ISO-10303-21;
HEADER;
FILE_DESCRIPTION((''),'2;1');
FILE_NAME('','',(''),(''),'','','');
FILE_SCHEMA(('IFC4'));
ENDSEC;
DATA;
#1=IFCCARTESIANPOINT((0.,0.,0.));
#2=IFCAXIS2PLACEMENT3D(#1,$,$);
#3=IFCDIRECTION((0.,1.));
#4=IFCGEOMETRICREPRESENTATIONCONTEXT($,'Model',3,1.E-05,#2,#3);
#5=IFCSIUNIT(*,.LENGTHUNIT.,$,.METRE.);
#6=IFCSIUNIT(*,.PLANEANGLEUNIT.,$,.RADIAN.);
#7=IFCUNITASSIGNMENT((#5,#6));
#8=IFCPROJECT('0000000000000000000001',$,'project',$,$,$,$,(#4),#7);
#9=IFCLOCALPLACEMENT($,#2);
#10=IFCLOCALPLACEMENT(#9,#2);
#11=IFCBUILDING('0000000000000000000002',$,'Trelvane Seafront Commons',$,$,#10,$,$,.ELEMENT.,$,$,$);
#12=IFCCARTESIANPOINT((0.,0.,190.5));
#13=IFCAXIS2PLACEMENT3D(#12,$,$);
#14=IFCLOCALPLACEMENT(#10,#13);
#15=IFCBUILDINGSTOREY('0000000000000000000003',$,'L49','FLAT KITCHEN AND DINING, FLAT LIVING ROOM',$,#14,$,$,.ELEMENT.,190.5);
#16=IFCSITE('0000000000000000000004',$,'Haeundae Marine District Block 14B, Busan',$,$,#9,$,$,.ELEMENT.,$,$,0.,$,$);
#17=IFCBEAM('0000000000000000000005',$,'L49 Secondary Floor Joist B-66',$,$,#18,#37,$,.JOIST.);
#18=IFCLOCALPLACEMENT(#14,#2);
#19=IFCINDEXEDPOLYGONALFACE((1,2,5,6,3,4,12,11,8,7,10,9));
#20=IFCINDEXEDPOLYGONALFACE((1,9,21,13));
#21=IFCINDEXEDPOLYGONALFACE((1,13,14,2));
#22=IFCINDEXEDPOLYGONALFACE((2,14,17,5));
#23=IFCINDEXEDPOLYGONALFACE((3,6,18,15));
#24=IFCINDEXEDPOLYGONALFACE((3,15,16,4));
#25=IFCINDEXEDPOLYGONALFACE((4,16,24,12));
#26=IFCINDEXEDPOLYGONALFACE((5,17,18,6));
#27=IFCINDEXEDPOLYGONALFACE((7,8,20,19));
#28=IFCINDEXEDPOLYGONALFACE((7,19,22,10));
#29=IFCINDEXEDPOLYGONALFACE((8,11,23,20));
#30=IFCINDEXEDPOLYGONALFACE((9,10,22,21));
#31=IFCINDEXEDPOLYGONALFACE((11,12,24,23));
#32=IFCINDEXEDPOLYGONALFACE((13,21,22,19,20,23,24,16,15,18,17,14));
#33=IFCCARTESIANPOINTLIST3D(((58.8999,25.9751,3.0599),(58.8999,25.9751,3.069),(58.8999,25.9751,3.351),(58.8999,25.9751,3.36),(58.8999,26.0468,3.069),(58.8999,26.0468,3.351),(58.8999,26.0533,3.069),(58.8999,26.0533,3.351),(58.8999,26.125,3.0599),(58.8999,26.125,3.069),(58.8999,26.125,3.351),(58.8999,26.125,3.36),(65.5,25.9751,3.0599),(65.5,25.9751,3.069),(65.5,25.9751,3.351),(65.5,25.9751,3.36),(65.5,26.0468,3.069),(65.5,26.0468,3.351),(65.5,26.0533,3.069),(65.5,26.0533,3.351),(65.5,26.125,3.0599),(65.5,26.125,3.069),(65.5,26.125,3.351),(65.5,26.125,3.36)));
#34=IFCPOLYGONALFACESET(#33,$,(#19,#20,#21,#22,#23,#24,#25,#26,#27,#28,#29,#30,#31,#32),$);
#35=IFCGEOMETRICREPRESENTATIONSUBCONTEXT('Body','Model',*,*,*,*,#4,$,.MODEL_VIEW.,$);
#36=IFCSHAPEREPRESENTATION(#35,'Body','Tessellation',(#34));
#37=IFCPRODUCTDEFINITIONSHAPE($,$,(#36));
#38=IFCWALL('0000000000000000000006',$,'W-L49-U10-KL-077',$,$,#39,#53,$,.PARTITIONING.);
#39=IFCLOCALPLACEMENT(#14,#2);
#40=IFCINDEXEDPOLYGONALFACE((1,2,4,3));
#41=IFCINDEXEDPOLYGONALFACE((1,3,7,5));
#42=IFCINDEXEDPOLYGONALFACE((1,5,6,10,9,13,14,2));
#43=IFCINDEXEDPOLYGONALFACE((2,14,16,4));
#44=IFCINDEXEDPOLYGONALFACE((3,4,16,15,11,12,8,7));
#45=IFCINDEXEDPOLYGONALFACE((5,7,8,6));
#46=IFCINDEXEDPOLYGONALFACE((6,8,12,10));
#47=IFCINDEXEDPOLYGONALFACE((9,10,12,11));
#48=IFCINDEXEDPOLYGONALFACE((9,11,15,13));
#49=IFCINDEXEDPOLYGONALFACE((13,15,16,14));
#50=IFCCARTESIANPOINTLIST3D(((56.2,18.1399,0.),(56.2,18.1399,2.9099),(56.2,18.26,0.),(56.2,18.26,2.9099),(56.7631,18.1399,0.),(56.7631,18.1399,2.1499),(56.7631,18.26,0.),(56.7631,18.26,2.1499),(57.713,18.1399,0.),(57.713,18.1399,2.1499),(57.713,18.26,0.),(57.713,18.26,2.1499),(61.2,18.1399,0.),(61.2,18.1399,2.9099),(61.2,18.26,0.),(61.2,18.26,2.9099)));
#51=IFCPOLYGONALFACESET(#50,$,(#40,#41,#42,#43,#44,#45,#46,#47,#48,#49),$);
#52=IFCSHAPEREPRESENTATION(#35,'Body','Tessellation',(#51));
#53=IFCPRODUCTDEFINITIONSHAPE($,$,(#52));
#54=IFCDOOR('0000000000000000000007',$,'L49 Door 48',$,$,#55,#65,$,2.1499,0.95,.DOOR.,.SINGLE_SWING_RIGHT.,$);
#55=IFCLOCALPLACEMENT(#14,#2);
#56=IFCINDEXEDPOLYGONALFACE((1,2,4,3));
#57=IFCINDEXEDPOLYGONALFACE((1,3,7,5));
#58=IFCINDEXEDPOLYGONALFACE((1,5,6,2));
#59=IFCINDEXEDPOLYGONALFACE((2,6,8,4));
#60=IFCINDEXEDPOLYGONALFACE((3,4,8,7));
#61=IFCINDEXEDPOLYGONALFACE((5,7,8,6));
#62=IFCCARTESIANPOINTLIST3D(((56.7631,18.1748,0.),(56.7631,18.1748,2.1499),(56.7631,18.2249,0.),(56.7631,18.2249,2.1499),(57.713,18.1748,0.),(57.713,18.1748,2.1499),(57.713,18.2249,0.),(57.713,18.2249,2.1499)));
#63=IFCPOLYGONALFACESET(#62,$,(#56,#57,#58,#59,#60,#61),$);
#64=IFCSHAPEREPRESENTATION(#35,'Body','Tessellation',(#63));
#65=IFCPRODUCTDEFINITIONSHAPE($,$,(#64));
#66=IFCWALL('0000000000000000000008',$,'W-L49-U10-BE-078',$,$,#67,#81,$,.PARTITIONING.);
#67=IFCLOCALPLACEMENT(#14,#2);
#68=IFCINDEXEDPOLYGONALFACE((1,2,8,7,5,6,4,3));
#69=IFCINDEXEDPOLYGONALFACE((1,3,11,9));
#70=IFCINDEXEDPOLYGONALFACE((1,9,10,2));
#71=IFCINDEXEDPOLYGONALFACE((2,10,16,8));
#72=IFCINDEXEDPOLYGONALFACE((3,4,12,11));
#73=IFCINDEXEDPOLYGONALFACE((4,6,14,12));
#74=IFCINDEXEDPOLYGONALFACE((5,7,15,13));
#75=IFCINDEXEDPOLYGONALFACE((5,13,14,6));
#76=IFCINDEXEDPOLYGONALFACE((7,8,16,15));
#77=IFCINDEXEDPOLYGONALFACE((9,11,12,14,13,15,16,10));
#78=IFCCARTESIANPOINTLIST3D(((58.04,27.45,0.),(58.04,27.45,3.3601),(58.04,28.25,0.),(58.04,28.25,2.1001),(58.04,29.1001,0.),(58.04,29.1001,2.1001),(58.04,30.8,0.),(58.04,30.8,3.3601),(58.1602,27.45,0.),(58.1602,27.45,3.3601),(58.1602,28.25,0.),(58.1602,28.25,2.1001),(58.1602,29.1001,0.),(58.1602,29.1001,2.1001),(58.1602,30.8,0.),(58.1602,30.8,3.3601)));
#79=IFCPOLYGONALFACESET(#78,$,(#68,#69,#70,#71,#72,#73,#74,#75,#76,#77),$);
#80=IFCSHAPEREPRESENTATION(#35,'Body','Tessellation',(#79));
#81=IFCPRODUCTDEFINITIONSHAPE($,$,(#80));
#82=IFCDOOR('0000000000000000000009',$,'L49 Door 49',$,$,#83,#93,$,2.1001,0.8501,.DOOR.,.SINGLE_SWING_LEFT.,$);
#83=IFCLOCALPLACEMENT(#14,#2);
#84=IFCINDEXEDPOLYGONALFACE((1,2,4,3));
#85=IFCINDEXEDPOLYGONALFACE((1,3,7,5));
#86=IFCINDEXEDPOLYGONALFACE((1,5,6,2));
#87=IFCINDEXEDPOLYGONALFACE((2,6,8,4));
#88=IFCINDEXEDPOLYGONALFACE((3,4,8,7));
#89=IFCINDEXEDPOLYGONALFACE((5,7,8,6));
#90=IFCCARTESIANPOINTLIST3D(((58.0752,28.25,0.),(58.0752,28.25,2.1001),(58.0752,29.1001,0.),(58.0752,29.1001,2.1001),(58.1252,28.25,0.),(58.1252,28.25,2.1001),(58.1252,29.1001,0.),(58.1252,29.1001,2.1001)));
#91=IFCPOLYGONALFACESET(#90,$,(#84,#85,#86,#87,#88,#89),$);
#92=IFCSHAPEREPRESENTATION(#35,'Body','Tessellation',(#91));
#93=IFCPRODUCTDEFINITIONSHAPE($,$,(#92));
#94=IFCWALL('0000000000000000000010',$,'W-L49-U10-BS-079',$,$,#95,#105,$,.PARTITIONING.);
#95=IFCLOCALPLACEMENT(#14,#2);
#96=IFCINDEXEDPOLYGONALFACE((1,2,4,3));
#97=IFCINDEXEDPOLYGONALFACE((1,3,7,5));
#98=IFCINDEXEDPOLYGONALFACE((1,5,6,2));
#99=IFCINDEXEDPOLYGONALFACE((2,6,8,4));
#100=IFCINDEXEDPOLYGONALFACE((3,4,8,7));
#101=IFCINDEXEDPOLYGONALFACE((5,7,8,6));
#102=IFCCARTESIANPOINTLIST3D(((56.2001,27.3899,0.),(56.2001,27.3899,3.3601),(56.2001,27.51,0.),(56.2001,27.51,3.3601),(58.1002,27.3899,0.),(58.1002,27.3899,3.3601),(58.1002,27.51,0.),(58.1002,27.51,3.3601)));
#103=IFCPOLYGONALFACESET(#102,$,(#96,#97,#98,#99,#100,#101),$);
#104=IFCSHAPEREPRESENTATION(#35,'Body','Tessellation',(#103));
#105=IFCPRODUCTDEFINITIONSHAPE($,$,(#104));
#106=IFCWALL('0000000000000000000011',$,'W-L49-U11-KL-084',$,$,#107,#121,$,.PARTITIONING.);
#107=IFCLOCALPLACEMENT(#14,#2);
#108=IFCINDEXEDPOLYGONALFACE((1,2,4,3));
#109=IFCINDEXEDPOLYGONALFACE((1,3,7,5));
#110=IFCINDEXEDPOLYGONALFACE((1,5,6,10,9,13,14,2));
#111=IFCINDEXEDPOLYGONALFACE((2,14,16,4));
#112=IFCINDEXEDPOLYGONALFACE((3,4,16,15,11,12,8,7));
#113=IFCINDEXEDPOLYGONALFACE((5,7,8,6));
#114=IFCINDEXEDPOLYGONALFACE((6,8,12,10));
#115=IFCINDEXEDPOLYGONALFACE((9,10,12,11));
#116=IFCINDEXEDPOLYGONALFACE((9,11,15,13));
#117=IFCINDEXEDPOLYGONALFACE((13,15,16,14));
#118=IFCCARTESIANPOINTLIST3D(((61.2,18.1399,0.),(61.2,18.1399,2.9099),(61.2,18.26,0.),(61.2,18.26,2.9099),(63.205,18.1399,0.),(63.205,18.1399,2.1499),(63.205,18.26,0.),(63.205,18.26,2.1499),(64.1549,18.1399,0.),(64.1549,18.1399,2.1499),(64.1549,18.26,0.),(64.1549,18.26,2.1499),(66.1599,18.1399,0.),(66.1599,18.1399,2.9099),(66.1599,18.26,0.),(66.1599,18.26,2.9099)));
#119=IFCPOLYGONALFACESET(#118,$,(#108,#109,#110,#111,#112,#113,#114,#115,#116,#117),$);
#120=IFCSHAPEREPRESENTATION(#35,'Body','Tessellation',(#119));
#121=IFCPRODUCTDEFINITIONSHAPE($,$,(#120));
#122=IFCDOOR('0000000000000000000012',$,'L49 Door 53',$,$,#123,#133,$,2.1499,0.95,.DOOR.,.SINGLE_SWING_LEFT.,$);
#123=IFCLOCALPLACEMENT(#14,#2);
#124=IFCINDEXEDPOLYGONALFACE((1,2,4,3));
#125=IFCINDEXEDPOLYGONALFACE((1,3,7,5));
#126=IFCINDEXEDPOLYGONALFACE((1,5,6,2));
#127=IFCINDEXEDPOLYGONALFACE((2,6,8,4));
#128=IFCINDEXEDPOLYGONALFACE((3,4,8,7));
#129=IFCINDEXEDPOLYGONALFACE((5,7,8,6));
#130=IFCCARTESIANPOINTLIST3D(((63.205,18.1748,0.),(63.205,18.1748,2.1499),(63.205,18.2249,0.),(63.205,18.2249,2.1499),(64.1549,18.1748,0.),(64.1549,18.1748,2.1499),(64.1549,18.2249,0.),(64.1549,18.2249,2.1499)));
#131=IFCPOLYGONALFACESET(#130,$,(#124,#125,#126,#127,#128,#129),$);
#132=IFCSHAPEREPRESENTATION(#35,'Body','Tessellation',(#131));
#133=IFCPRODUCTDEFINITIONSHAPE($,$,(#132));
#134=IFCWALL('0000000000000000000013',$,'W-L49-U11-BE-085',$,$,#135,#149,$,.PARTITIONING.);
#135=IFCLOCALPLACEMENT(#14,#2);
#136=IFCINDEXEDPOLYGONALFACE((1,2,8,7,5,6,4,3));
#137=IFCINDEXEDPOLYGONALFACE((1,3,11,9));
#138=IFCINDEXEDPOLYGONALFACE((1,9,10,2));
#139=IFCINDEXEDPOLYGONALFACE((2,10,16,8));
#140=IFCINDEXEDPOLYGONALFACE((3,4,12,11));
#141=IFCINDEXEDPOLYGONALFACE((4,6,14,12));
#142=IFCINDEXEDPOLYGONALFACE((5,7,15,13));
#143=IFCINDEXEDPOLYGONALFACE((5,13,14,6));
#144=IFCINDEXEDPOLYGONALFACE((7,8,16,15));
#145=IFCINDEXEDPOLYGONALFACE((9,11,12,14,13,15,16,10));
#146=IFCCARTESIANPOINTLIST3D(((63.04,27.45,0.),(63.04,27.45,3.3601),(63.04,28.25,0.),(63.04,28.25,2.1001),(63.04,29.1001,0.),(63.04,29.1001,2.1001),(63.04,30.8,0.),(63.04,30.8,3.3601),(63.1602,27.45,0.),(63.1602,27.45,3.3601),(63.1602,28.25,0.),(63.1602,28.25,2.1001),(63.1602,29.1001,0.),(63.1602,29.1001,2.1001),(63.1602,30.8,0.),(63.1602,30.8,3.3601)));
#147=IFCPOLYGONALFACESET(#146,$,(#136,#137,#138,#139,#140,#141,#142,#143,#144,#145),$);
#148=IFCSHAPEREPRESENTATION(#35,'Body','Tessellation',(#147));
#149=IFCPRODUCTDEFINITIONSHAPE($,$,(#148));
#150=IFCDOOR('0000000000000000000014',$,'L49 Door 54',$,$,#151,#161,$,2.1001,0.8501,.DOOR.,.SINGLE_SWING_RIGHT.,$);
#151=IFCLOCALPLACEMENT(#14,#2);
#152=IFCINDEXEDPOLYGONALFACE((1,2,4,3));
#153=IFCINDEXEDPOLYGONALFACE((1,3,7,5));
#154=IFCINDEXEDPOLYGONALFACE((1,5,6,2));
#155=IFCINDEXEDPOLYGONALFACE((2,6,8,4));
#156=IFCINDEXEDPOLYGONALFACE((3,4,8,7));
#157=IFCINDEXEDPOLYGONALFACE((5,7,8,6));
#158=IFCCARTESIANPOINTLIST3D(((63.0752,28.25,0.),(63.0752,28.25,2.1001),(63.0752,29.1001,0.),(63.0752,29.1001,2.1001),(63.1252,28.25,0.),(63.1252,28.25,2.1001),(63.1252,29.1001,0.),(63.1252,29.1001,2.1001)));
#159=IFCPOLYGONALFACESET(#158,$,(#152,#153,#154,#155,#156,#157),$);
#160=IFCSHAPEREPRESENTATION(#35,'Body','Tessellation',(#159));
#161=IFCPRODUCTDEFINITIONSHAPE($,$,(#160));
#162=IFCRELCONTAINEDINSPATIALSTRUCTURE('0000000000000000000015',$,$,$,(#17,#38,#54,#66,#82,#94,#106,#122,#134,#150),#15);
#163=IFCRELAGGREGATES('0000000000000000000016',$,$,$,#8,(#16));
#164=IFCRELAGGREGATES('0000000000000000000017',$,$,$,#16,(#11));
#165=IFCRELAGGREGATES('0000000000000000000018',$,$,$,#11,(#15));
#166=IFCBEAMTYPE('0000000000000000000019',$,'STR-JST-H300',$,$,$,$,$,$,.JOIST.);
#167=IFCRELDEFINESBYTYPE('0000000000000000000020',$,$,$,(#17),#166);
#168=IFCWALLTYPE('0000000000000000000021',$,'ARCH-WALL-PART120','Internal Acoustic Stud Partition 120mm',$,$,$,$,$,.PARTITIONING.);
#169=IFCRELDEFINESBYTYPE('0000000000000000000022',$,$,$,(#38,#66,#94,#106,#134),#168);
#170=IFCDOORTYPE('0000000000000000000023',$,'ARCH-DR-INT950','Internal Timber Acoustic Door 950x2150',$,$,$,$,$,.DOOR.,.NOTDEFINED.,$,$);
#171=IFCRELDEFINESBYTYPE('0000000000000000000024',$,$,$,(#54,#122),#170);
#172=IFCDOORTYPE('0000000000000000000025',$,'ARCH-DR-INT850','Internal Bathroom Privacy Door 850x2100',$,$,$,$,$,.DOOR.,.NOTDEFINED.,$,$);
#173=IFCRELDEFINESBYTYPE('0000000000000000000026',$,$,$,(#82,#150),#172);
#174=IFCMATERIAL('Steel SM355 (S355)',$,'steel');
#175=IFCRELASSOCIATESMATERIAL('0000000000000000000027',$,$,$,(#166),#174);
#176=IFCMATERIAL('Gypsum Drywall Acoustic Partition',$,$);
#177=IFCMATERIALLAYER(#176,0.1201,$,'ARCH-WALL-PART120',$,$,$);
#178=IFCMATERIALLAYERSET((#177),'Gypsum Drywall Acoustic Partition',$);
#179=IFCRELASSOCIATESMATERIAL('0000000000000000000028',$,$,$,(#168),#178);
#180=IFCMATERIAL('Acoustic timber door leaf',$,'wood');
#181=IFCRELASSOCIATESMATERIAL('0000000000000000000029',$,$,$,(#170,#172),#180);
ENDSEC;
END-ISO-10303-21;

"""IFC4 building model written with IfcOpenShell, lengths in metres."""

from ifc_helpers import new_model, si_unit, direction, frame, frame_2d, origin, origin_2d, place, context, subcontext, project, spatial, rectangle, i_section, extrude, source, transform, mapped, material, layer, layer_set, material_profile, profile_set, type_object, element, fill, save


model = new_model("IFC4")

# Units and contexts
model_context = context("Model", 3, precision=1e-05, world=origin(), true_north=direction((0.0, 1.0)))
body_context = subcontext(model_context, "Body", "Model", "MODEL_VIEW")
ifc_project = project(units=[si_unit("LENGTHUNIT", "METRE"), si_unit("PLANEANGLEUNIT", "RADIAN")], contexts=[model_context])

# Site, building, storey
site_placement = place(None, origin())
site = spatial("IfcSite", under=ifc_project, at=site_placement, Name="Haeundae Marine District Block 14B, Busan", CompositionType="ELEMENT", RefElevation=0.0)
building_placement = place(site_placement, origin())
building = spatial("IfcBuilding", under=site, at=building_placement, Name="Trelvane Seafront Commons", CompositionType="ELEMENT")
storey_placement = place(building_placement, frame((0.0, 0.0, 190.5)))
storey = spatial("IfcBuildingStorey", under=building, at=storey_placement, Name="L49", Description="FLAT KITCHEN AND DINING, FLAT LIVING ROOM", CompositionType="ELEMENT", Elevation=190.5)

# Shared definitions
ifc_material_1 = material(Name="Steel SM355 (S355)", Category="steel")

# Beam
ifc_material_profile_1 = material_profile(ifc_material_1, i_section(OverallWidth=0.1499, OverallDepth=0.3, WebThickness=0.0066, FlangeThickness=0.009, at=origin_2d()), Name="H-300x150x6.5x9")
ifc_profile_set_1 = profile_set([ifc_material_profile_1], Name="Steel SM355 (S355)")
beam_type_1 = type_object("IfcBeamType", Name="STR-JST-H300", PredefinedType="JOIST", material=ifc_profile_set_1)
shared_shape_1 = source(origin(), body_context, "Body", "SweptSolid", [
    extrude(i_section(OverallWidth=0.1499, OverallDepth=0.3, WebThickness=0.0066, FlangeThickness=0.009, at=origin_2d()), origin(), (0.0, 0.0, 1.0), 6.6001),
])
beam_1_placement = place(storey_placement, frame((58.8999, 26.05, 3.21), z_axis=(1.0, 0.0, 0.0), x_axis=(0.0, 1.0, 0.0)))
element("IfcBeam", 1, at=beam_1_placement, inside=storey, type_object=beam_type_1, Name="L49 Secondary Floor Joist B-66", PredefinedType="JOIST", context=body_context, shape_type="MappedRepresentation", body=[
    mapped(shared_shape_1, transform((0.0, 0.0, 0.0), x_axis=(1.0, 0.0, 0.0), y_axis=(0.0, 1.0, 0.0), z_axis=(0.0, 0.0, 1.0), scale=1.0)),
])

# Walls, openings, doors
ifc_material_2 = material(Name="Gypsum Drywall Acoustic Partition")
ifc_layer_1 = layer(ifc_material_2, 0.1201, Name="ARCH-WALL-PART120")
ifc_layer_set_1 = layer_set([ifc_layer_1], Name="Gypsum Drywall Acoustic Partition")
wall_type_1 = type_object("IfcWallType", Name="ARCH-WALL-PART120", Description="Internal Acoustic Stud Partition 120mm", PredefinedType="PARTITIONING", material=ifc_layer_set_1)
wall_1_placement = place(storey_placement, frame((56.2, 18.2, 0.0), z_axis=(0.0, 0.0, 1.0), x_axis=(1.0, 0.0, 0.0)))
wall_1 = element("IfcWall", 2, at=wall_1_placement, inside=storey, type_object=wall_type_1, Name="W-L49-U10-KL-077", PredefinedType="PARTITIONING", context=body_context, shape_type="SweptSolid", body=[
    extrude(rectangle(XDim=5.0, YDim=0.1201, at=frame_2d((2.5, 0.0))), origin(), (0.0, 0.0, 1.0), 2.9099),
])
opening_1_placement = place(wall_1_placement, frame((0.563, 0.0, 0.0)))
opening_1 = element("IfcOpeningElement", 3, at=opening_1_placement, cuts=wall_1, PredefinedType="OPENING", context=body_context, shape_type="SweptSolid", body=[
    extrude(rectangle(XDim=0.95, YDim=2.1499, at=frame_2d((0.4751, 1.075))), frame((0.0, 0.0701, 0.0), z_axis=(0.0, -1.0, 0.0), x_axis=(1.0, 0.0, 0.0)), (0.0, 0.0, 1.0), 0.1401),
])
ifc_material_3 = material(Name="Acoustic timber door leaf", Category="wood")
door_type_1 = type_object("IfcDoorType", Name="ARCH-DR-INT950", Description="Internal Timber Acoustic Door 950x2150", OperationType="NOTDEFINED", PredefinedType="DOOR", material=ifc_material_3)
shared_shape_2 = source(origin(), body_context, "Body", "SweptSolid", [
    extrude(rectangle(XDim=0.95, YDim=2.1499, at=frame_2d((0.4751, 1.075))), frame((0.0, 0.0249, 0.0), z_axis=(0.0, -1.0, 0.0), x_axis=(1.0, 0.0, 0.0)), (0.0, 0.0, 1.0), 0.05),
])
door_1_placement = place(opening_1_placement, origin())
door_1 = element("IfcDoor", 4, at=door_1_placement, inside=storey, type_object=door_type_1, Name="L49 Door 48", OperationType="SINGLE_SWING_RIGHT", OverallHeight=2.1499, OverallWidth=0.95, PredefinedType="DOOR", context=body_context, shape_type="MappedRepresentation", body=[
    mapped(shared_shape_2, transform((0.0, 0.0, 0.0), x_axis=(1.0, 0.0, 0.0), y_axis=(0.0, 1.0, 0.0), z_axis=(0.0, 0.0, 1.0), scale=1.0)),
])
fill(opening_1, door_1)
wall_2_placement = place(storey_placement, frame((58.1001, 27.45, 0.0), z_axis=(0.0, 0.0, 1.0), x_axis=(0.0, 1.0, 0.0)))
wall_2 = element("IfcWall", 5, at=wall_2_placement, inside=storey, type_object=wall_type_1, Name="W-L49-U10-BE-078", PredefinedType="PARTITIONING", context=body_context, shape_type="SweptSolid", body=[
    extrude(rectangle(XDim=3.3501, YDim=0.1201, at=frame_2d((1.675, 0.0))), origin(), (0.0, 0.0, 1.0), 3.3601),
])
opening_2_placement = place(wall_2_placement, frame((0.8, 0.0, 0.0)))
opening_2 = element("IfcOpeningElement", 6, at=opening_2_placement, cuts=wall_2, PredefinedType="OPENING", context=body_context, shape_type="SweptSolid", body=[
    extrude(rectangle(XDim=0.8501, YDim=2.1001, at=frame_2d((0.425, 1.05))), frame((0.0, 0.0701, 0.0), z_axis=(0.0, -1.0, 0.0), x_axis=(1.0, 0.0, 0.0)), (0.0, 0.0, 1.0), 0.1401),
])
door_type_2 = type_object("IfcDoorType", Name="ARCH-DR-INT850", Description="Internal Bathroom Privacy Door 850x2100", OperationType="NOTDEFINED", PredefinedType="DOOR", material=ifc_material_3)
shared_shape_3 = source(origin(), body_context, "Body", "SweptSolid", [
    extrude(rectangle(XDim=0.8501, YDim=2.1001, at=frame_2d((0.425, 1.05))), frame((0.0, 0.0249, 0.0), z_axis=(0.0, -1.0, 0.0), x_axis=(1.0, 0.0, 0.0)), (0.0, 0.0, 1.0), 0.05),
])
door_2_placement = place(opening_2_placement, origin())
door_2 = element("IfcDoor", 7, at=door_2_placement, inside=storey, type_object=door_type_2, Name="L49 Door 49", OperationType="SINGLE_SWING_LEFT", OverallHeight=2.1001, OverallWidth=0.8501, PredefinedType="DOOR", context=body_context, shape_type="MappedRepresentation", body=[
    mapped(shared_shape_3, transform((0.0, 0.0, 0.0), x_axis=(1.0, 0.0, 0.0), y_axis=(0.0, 1.0, 0.0), z_axis=(0.0, 0.0, 1.0), scale=1.0)),
])
fill(opening_2, door_2)

# Wall
wall_3_placement = place(storey_placement, frame((56.2, 27.45, 0.0), z_axis=(0.0, 0.0, 1.0), x_axis=(1.0, 0.0, 0.0)))
element("IfcWall", 8, at=wall_3_placement, inside=storey, type_object=wall_type_1, Name="W-L49-U10-BS-079", PredefinedType="PARTITIONING", context=body_context, shape_type="SweptSolid", body=[
    extrude(rectangle(XDim=1.9001, YDim=0.1201, at=frame_2d((0.9502, 0.0))), origin(), (0.0, 0.0, 1.0), 3.3601),
])

# Walls, openings, doors
wall_4_placement = place(storey_placement, frame((61.2, 18.2, 0.0), z_axis=(0.0, 0.0, 1.0), x_axis=(1.0, 0.0, 0.0)))
wall_4 = element("IfcWall", 9, at=wall_4_placement, inside=storey, type_object=wall_type_1, Name="W-L49-U11-KL-084", PredefinedType="PARTITIONING", context=body_context, shape_type="SweptSolid", body=[
    extrude(rectangle(XDim=4.96, YDim=0.1201, at=frame_2d((2.48, 0.0))), origin(), (0.0, 0.0, 1.0), 2.9099),
])
opening_3_placement = place(wall_4_placement, frame((2.0049, 0.0, 0.0)))
opening_3 = element("IfcOpeningElement", 10, at=opening_3_placement, cuts=wall_4, PredefinedType="OPENING", context=body_context, shape_type="SweptSolid", body=[
    extrude(rectangle(XDim=0.95, YDim=2.1499, at=frame_2d((0.4751, 1.075))), frame((0.0, 0.0701, 0.0), z_axis=(0.0, -1.0, 0.0), x_axis=(1.0, 0.0, 0.0)), (0.0, 0.0, 1.0), 0.1401),
])
door_3_placement = place(opening_3_placement, origin())
door_3 = element("IfcDoor", 11, at=door_3_placement, inside=storey, type_object=door_type_1, Name="L49 Door 53", OperationType="SINGLE_SWING_LEFT", OverallHeight=2.1499, OverallWidth=0.95, PredefinedType="DOOR", context=body_context, shape_type="MappedRepresentation", body=[
    mapped(shared_shape_2, transform((0.0, 0.0, 0.0), x_axis=(1.0, 0.0, 0.0), y_axis=(0.0, 1.0, 0.0), z_axis=(0.0, 0.0, 1.0), scale=1.0)),
])
fill(opening_3, door_3)
wall_5_placement = place(storey_placement, frame((63.1001, 27.45, 0.0), z_axis=(0.0, 0.0, 1.0), x_axis=(0.0, 1.0, 0.0)))
wall_5 = element("IfcWall", 12, at=wall_5_placement, inside=storey, type_object=wall_type_1, Name="W-L49-U11-BE-085", PredefinedType="PARTITIONING", context=body_context, shape_type="SweptSolid", body=[
    extrude(rectangle(XDim=3.3501, YDim=0.1201, at=frame_2d((1.675, 0.0))), origin(), (0.0, 0.0, 1.0), 3.3601),
])
opening_4_placement = place(wall_5_placement, frame((0.8, 0.0, 0.0)))
opening_4 = element("IfcOpeningElement", 13, at=opening_4_placement, cuts=wall_5, PredefinedType="OPENING", context=body_context, shape_type="SweptSolid", body=[
    extrude(rectangle(XDim=0.8501, YDim=2.1001, at=frame_2d((0.425, 1.05))), frame((0.0, 0.0701, 0.0), z_axis=(0.0, -1.0, 0.0), x_axis=(1.0, 0.0, 0.0)), (0.0, 0.0, 1.0), 0.1401),
])
door_4_placement = place(opening_4_placement, origin())
door_4 = element("IfcDoor", 14, at=door_4_placement, inside=storey, type_object=door_type_2, Name="L49 Door 54", OperationType="SINGLE_SWING_RIGHT", OverallHeight=2.1001, OverallWidth=0.8501, PredefinedType="DOOR", context=body_context, shape_type="MappedRepresentation", body=[
    mapped(shared_shape_3, transform((0.0, 0.0, 0.0), x_axis=(1.0, 0.0, 0.0), y_axis=(0.0, 1.0, 0.0), z_axis=(0.0, 0.0, 1.0), scale=1.0)),
])
fill(opening_4, door_4)

save(model, "model.ifc")
